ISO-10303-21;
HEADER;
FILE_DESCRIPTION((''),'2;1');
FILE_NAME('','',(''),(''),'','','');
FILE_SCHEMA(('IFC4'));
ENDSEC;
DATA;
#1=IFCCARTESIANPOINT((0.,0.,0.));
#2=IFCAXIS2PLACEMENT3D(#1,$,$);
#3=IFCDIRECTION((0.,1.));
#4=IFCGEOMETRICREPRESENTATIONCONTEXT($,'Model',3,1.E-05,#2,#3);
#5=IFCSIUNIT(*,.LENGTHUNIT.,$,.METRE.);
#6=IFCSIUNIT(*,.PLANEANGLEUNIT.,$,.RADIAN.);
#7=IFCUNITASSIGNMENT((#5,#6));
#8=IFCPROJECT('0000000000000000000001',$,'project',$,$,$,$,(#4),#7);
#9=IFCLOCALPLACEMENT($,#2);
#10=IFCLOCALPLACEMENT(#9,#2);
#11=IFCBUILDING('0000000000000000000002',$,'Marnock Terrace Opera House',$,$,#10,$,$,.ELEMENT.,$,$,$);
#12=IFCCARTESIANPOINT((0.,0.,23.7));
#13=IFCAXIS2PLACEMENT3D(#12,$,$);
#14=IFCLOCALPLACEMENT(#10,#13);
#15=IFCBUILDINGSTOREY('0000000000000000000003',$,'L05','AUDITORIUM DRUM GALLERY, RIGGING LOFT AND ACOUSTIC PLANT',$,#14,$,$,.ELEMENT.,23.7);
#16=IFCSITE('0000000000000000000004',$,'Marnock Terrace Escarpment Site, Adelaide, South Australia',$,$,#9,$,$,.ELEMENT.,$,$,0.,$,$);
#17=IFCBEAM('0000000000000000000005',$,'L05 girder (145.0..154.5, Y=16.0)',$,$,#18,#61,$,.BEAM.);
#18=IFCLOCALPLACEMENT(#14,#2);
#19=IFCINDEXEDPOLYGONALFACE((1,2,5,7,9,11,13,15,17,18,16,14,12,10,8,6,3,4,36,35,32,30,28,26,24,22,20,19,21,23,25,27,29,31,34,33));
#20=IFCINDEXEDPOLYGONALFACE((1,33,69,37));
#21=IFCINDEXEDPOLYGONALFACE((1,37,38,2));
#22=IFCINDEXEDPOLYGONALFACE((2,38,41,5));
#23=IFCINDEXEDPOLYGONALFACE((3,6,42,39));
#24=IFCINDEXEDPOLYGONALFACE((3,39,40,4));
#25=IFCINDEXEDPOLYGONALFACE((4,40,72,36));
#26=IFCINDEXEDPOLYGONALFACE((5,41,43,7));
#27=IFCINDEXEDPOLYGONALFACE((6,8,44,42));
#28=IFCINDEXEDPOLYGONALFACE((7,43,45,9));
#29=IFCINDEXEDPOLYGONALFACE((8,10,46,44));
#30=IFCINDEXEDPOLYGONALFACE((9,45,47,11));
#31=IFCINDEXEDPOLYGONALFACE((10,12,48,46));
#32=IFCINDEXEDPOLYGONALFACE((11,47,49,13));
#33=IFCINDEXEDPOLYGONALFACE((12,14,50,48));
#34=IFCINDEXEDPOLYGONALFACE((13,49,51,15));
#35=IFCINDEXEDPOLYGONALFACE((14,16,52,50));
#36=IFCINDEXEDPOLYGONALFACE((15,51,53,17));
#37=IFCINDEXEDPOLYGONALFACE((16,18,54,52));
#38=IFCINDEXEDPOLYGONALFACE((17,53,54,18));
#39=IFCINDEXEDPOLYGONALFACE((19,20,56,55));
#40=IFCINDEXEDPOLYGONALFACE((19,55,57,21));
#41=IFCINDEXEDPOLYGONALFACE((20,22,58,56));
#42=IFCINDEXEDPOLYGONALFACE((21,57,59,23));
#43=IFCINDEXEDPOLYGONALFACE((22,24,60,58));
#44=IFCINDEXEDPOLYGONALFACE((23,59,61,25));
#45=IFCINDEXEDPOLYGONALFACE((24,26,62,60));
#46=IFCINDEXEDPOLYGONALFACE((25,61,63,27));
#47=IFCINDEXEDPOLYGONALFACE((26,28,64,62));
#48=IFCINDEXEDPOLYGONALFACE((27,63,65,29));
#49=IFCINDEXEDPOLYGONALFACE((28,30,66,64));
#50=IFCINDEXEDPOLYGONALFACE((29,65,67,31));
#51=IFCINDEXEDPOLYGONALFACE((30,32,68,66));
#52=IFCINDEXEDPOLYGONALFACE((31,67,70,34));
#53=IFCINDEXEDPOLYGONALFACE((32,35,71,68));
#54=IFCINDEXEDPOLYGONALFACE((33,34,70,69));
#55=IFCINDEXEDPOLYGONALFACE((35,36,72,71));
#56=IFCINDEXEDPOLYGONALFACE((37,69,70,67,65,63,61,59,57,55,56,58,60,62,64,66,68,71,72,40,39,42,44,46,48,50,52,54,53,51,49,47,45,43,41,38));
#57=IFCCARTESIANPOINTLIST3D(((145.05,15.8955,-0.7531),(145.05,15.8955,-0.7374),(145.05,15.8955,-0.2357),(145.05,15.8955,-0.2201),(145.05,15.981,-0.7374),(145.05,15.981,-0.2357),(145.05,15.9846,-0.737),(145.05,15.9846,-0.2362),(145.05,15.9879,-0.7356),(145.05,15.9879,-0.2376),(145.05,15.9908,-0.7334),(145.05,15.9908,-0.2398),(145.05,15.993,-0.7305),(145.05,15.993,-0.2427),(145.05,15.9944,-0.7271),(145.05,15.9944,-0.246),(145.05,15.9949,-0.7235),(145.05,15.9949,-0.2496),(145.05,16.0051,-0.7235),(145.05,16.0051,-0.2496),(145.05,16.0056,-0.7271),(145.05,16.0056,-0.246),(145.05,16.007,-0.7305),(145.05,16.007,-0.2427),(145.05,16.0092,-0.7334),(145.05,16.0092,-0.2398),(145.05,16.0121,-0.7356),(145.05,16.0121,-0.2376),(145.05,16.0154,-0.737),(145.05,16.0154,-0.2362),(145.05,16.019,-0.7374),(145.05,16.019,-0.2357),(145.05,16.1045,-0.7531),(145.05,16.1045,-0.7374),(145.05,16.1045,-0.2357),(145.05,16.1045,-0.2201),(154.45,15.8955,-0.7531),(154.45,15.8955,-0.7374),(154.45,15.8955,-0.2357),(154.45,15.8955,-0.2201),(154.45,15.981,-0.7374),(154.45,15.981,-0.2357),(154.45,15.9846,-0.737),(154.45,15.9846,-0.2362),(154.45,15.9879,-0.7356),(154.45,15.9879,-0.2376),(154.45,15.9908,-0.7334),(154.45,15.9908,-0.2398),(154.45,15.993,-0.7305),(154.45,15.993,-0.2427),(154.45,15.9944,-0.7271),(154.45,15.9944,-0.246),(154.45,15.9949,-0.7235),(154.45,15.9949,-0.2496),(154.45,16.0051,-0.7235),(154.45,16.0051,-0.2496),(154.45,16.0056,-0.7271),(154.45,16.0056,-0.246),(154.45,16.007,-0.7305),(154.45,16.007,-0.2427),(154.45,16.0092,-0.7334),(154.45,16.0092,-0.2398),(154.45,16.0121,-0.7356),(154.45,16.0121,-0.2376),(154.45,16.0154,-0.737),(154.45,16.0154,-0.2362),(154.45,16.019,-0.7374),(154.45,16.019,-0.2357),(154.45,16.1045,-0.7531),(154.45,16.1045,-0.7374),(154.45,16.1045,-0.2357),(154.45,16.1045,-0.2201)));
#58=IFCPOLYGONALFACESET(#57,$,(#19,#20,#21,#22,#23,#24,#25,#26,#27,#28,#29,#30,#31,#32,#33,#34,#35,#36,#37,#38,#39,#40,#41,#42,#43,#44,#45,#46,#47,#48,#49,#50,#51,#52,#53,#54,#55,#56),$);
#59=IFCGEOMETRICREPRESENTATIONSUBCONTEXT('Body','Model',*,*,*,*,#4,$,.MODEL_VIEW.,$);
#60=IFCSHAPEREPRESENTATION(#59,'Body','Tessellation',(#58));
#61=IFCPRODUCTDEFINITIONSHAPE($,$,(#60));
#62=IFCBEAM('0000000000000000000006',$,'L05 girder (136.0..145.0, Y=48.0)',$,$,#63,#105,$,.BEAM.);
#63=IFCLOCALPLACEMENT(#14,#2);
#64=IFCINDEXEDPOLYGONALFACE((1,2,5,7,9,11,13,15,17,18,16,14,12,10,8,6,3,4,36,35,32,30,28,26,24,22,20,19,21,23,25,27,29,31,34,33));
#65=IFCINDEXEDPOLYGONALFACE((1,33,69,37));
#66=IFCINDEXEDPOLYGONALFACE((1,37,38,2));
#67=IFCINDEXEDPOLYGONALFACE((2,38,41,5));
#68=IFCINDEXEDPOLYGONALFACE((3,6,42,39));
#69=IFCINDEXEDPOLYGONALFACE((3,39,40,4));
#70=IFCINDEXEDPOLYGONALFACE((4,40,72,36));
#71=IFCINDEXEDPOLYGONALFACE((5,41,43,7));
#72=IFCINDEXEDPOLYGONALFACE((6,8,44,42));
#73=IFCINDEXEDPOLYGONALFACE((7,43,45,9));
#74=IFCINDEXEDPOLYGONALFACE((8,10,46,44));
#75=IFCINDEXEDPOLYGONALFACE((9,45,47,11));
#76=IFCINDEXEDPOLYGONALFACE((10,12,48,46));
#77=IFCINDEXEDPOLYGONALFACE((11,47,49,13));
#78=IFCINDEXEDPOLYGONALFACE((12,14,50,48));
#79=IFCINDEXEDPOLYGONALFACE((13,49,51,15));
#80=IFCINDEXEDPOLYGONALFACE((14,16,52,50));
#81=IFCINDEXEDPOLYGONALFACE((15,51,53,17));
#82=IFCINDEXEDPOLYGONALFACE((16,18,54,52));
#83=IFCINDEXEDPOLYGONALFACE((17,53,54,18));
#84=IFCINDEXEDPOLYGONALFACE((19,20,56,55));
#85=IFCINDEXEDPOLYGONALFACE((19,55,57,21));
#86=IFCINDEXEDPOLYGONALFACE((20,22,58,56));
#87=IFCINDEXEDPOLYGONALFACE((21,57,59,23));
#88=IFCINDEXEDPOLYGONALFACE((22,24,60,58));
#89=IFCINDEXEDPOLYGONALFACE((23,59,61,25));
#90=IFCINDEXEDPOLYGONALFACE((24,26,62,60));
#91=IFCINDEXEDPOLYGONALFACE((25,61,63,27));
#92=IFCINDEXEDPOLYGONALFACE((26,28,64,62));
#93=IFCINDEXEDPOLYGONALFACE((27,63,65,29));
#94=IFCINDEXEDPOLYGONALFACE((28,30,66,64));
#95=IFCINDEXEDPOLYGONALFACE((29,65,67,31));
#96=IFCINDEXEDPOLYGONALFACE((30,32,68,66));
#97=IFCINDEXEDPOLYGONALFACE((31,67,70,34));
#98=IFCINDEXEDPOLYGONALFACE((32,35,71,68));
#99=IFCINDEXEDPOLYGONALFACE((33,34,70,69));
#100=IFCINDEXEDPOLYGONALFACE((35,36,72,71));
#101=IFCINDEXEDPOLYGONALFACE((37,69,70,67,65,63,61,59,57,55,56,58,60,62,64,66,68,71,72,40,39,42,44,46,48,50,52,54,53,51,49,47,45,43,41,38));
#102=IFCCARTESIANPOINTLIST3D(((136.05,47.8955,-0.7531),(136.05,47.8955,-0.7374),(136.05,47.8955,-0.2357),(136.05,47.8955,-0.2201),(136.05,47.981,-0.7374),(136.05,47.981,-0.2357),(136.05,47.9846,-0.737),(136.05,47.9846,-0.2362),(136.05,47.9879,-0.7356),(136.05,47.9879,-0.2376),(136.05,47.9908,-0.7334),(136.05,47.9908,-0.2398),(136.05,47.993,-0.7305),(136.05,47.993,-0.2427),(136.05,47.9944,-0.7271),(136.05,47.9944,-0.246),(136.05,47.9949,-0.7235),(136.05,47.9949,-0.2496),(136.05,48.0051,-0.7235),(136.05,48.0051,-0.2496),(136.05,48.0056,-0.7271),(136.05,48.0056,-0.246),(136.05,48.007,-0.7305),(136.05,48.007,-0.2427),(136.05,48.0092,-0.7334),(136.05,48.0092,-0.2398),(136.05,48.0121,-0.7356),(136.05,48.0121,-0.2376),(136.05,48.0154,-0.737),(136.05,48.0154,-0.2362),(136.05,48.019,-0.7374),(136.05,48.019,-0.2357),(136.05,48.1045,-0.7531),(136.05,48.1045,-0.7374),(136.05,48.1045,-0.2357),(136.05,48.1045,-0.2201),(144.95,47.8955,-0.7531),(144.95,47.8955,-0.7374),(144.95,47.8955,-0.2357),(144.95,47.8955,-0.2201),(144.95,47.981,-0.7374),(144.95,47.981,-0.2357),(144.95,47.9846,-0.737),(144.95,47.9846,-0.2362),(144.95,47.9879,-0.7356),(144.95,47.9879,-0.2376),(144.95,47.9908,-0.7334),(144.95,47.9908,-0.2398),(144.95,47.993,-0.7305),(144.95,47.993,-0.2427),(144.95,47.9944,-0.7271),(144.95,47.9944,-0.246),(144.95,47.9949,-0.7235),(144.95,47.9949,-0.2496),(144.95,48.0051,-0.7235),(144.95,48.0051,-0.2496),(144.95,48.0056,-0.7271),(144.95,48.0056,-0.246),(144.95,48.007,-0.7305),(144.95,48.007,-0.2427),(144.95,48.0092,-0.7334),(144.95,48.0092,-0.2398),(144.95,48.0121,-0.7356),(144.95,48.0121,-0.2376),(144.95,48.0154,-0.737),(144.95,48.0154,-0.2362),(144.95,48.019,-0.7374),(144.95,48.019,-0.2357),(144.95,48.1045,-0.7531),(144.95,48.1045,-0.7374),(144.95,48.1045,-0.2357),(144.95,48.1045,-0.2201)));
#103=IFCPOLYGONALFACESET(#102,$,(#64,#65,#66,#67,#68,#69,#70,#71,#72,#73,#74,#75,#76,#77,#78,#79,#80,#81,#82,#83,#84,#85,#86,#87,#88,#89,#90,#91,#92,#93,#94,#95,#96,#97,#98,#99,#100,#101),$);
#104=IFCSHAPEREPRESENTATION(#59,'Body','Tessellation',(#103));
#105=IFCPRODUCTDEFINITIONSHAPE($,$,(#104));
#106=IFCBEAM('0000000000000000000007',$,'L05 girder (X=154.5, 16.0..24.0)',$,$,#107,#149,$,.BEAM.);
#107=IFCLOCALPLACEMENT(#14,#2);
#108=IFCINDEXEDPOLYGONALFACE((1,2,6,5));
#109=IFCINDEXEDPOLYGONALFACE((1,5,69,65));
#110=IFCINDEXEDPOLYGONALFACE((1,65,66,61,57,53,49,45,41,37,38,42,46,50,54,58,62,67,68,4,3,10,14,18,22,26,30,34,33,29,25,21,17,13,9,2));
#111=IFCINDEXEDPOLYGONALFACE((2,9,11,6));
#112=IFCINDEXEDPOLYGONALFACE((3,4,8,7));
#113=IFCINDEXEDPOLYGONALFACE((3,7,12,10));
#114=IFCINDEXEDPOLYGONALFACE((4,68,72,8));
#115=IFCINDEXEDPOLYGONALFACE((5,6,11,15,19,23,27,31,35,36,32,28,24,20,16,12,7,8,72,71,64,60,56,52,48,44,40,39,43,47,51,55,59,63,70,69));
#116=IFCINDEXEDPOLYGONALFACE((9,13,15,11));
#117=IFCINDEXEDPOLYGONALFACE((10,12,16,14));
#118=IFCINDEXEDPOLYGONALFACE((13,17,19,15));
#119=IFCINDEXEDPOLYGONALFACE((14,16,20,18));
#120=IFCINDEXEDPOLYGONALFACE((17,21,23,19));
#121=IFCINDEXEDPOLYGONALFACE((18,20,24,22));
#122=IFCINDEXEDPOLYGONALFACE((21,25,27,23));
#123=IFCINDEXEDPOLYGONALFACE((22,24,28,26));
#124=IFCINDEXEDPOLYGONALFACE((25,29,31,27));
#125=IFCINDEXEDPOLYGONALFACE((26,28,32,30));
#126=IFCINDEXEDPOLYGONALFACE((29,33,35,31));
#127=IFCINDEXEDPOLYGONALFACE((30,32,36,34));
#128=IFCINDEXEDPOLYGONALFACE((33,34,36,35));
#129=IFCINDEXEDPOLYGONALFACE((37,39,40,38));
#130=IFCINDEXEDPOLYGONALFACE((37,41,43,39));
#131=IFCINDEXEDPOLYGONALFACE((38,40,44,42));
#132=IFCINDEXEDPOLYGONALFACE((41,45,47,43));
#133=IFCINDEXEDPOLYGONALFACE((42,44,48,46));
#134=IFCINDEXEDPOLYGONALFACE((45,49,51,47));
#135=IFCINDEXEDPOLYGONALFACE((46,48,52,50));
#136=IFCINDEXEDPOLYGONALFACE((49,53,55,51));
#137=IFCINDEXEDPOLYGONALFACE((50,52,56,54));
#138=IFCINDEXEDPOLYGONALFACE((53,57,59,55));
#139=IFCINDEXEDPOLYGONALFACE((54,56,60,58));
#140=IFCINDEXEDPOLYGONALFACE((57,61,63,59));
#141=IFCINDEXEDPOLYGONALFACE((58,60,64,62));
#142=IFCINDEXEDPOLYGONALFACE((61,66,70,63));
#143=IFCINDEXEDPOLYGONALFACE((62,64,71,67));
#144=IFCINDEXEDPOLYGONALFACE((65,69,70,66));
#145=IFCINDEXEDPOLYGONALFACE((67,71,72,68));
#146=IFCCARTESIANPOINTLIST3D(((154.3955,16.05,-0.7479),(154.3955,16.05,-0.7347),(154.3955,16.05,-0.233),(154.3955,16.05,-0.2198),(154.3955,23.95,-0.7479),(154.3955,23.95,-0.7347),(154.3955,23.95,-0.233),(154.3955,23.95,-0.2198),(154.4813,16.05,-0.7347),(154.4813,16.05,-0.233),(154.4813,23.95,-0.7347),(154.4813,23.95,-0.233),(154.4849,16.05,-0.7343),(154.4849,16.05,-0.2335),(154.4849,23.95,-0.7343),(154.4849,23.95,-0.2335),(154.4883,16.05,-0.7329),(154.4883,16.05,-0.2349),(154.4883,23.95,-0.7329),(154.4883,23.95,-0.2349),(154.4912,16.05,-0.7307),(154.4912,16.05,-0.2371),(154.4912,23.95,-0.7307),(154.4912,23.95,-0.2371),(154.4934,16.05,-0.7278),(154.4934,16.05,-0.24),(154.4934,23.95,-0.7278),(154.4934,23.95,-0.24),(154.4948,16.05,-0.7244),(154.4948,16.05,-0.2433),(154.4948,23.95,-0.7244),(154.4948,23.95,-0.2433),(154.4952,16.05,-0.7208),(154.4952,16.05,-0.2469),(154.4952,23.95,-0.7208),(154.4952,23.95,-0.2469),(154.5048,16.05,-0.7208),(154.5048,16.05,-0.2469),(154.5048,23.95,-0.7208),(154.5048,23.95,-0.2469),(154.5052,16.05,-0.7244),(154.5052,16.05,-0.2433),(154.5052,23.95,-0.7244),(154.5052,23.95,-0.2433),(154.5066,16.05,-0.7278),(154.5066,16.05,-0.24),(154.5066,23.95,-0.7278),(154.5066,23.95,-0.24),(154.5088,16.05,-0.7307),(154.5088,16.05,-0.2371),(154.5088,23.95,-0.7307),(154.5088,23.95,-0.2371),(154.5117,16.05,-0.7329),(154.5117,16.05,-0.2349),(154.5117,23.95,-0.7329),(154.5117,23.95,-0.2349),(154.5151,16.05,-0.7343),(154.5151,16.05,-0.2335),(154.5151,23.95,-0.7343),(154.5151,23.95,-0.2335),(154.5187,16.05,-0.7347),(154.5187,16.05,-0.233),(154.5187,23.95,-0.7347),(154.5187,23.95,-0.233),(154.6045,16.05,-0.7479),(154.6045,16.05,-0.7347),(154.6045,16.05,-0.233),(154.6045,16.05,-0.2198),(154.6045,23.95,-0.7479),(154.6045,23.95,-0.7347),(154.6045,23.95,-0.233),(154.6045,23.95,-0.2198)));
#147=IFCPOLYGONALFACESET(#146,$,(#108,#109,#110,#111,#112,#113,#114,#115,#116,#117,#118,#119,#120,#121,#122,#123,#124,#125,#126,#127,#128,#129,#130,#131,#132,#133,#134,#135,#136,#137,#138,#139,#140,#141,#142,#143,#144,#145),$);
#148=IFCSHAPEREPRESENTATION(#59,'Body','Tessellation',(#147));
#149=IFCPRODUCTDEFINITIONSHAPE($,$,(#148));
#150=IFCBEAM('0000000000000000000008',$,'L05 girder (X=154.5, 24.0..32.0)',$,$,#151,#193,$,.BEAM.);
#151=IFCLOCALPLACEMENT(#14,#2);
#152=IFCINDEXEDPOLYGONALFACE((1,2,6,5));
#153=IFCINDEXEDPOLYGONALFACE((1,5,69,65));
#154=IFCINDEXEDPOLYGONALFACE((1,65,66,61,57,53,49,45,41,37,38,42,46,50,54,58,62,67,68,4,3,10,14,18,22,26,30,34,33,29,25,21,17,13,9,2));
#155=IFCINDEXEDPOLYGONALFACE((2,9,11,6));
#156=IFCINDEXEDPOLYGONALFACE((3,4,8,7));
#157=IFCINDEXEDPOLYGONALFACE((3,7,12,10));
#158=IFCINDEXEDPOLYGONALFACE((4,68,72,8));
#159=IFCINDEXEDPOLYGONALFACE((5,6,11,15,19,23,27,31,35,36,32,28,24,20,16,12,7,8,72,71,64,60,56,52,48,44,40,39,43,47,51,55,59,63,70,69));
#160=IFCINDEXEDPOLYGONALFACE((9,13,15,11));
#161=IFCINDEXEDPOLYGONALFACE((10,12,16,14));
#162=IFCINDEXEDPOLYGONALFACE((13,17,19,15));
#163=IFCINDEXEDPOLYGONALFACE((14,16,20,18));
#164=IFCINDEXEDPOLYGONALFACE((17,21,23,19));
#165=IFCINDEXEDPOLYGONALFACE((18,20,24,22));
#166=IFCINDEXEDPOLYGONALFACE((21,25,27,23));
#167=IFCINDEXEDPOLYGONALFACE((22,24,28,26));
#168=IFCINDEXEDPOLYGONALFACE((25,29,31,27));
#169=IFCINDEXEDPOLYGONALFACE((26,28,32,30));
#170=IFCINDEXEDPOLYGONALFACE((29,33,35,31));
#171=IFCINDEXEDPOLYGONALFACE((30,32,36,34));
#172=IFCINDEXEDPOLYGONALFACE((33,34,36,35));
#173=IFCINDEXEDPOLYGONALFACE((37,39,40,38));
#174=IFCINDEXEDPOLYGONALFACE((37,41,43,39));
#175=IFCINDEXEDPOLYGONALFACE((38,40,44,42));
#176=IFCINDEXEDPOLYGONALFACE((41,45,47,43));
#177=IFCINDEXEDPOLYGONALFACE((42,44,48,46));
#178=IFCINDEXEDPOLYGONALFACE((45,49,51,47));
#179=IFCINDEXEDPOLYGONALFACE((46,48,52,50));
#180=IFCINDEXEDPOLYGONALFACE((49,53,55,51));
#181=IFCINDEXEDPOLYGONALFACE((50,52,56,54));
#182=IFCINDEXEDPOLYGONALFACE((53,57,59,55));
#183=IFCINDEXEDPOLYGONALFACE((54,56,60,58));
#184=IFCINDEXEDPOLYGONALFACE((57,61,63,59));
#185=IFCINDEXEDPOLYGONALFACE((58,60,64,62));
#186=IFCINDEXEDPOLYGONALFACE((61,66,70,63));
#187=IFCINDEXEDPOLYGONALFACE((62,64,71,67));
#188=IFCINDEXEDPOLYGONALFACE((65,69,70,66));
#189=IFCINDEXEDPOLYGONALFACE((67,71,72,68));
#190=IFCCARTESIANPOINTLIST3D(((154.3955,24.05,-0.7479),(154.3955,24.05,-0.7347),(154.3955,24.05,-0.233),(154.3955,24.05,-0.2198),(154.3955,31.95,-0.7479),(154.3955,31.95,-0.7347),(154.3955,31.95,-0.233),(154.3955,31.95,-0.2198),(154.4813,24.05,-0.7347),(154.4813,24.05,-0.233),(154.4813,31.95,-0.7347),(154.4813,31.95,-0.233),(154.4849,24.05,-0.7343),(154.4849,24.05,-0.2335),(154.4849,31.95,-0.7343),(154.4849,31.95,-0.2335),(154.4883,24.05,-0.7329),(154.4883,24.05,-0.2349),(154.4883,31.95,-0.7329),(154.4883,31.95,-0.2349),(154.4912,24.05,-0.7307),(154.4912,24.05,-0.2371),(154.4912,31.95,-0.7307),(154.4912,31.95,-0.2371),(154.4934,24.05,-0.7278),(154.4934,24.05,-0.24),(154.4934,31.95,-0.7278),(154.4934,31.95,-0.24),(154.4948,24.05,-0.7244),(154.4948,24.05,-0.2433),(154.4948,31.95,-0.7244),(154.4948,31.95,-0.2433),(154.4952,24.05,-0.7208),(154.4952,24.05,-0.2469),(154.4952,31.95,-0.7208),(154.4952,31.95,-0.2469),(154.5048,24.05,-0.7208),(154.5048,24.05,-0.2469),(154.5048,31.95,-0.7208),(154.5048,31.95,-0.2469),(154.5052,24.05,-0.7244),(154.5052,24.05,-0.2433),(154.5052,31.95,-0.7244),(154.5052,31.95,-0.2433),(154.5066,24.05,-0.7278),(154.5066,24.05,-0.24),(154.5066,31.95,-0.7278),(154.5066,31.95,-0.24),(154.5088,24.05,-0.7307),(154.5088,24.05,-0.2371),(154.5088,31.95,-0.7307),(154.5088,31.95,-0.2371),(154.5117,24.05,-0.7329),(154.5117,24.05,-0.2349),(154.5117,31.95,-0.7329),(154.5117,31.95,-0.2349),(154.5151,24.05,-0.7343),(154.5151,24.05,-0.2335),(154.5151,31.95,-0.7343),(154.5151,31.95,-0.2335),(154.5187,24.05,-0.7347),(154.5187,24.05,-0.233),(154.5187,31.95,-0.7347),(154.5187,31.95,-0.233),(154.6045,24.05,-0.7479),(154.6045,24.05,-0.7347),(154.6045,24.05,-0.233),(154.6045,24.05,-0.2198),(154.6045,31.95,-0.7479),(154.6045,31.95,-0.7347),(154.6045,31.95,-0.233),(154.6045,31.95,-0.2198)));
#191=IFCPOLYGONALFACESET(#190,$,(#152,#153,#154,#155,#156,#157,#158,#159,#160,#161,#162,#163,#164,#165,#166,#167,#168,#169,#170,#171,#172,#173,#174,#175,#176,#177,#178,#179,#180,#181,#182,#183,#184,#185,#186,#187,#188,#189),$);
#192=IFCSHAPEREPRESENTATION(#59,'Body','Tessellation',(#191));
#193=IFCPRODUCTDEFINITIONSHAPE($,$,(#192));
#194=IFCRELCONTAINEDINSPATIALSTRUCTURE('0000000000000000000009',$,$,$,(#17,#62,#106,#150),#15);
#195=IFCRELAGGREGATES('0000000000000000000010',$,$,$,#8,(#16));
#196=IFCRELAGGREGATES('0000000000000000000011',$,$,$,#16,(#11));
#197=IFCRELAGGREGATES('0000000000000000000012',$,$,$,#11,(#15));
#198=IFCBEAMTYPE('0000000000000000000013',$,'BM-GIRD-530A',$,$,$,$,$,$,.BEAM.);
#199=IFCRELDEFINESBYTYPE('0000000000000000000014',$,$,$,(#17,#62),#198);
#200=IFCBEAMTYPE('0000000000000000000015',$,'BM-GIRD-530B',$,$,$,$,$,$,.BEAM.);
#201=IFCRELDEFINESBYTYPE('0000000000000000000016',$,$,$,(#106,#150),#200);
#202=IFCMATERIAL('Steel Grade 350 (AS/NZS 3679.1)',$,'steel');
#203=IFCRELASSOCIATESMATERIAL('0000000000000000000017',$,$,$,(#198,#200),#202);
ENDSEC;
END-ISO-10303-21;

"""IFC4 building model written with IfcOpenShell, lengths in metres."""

from ifc_helpers import new_model, si_unit, direction, frame, origin, origin_2d, place, context, subcontext, project, spatial, i_section, extrude, material, material_profile, profile_set, type_object, element, save


model = new_model("IFC4")

# Units and contexts
model_context = context("Model", 3, precision=1e-05, world=origin(), true_north=direction((0.0, 1.0)))
body_context = subcontext(model_context, "Body", "Model", "MODEL_VIEW")
ifc_project = project(units=[si_unit("LENGTHUNIT", "METRE"), si_unit("PLANEANGLEUNIT", "RADIAN")], contexts=[model_context])

# Site, building, storey
site_placement = place(None, origin())
site = spatial("IfcSite", under=ifc_project, at=site_placement, Name="Marnock Terrace Escarpment Site, Adelaide, South Australia", CompositionType="ELEMENT", RefElevation=0.0)
building_placement = place(site_placement, origin())
building = spatial("IfcBuilding", under=site, at=building_placement, Name="Marnock Terrace Opera House", CompositionType="ELEMENT")
storey_placement = place(building_placement, frame((0.0, 0.0, 23.7)))
storey = spatial("IfcBuildingStorey", under=building, at=storey_placement, Name="L05", Description="AUDITORIUM DRUM GALLERY, RIGGING LOFT AND ACOUSTIC PLANT", CompositionType="ELEMENT", Elevation=23.7)

# Beams
ifc_material_1 = material(Name="Steel Grade 350 (AS/NZS 3679.1)", Category="steel")
ifc_material_profile_1 = material_profile(ifc_material_1, i_section(OverallWidth=0.209, OverallDepth=0.533, WebThickness=0.0103, FlangeThickness=0.0156, FilletRadius=0.0139, at=origin_2d()))
ifc_profile_set_1 = profile_set([ifc_material_profile_1], Name="Steel Grade 350 (AS/NZS 3679.1)")
beam_type_1 = type_object("IfcBeamType", Name="BM-GIRD-530A", PredefinedType="BEAM", material=ifc_profile_set_1)
beam_1_placement = place(storey_placement, frame((145.05, 16.0, -0.4866), z_axis=(1.0, 0.0, 0.0), x_axis=(0.0, 1.0, 0.0)))
element("IfcBeam", 1, at=beam_1_placement, inside=storey, type_object=beam_type_1, Name="L05 girder (145.0..154.5, Y=16.0)", PredefinedType="BEAM", context=body_context, shape_type="SweptSolid", body=[
    extrude(i_section(OverallWidth=0.209, OverallDepth=0.533, WebThickness=0.0103, FlangeThickness=0.0156, FilletRadius=0.0139, at=origin_2d()), origin(), (0.0, 0.0, 1.0), 9.3999),
])
beam_2_placement = place(storey_placement, frame((136.05, 48.0, -0.4866), z_axis=(1.0, 0.0, 0.0), x_axis=(0.0, 1.0, 0.0)))
element("IfcBeam", 2, at=beam_2_placement, inside=storey, type_object=beam_type_1, Name="L05 girder (136.0..145.0, Y=48.0)", PredefinedType="BEAM", context=body_context, shape_type="SweptSolid", body=[
    extrude(i_section(OverallWidth=0.209, OverallDepth=0.533, WebThickness=0.0103, FlangeThickness=0.0156, FilletRadius=0.0139, at=origin_2d()), origin(), (0.0, 0.0, 1.0), 8.8999),
])
ifc_material_profile_2 = material_profile(ifc_material_1, i_section(OverallWidth=0.209, OverallDepth=0.5281, WebThickness=0.0095, FlangeThickness=0.0132, FilletRadius=0.0139, at=origin_2d()))
ifc_profile_set_2 = profile_set([ifc_material_profile_2], Name="Steel Grade 350 (AS/NZS 3679.1)")
beam_type_2 = type_object("IfcBeamType", Name="BM-GIRD-530B", PredefinedType="BEAM", material=ifc_profile_set_2)
for number, where, z_axis, x_axis, name in (
    (3, (154.5, 16.05, -0.4839), (0.0, 1.0, 0.0), (-1.0, 0.0, 0.0), "L05 girder (X=154.5, 16.0..24.0)"),
    (4, (154.5, 24.05, -0.4839), (0.0, 1.0, 0.0), (-1.0, 0.0, 0.0), "L05 girder (X=154.5, 24.0..32.0)"),
):
    element("IfcBeam", number, at=place(storey_placement, frame(where, z_axis=z_axis, x_axis=x_axis)), inside=storey, type_object=beam_type_2, Name=name, PredefinedType="BEAM", context=body_context, shape_type="SweptSolid", body=[
        extrude(i_section(OverallWidth=0.209, OverallDepth=0.5281, WebThickness=0.0095, FlangeThickness=0.0132, FilletRadius=0.0139, at=origin_2d()), origin(), (0.0, 0.0, 1.0), 7.8999),
    ])

save(model, "model.ifc")
